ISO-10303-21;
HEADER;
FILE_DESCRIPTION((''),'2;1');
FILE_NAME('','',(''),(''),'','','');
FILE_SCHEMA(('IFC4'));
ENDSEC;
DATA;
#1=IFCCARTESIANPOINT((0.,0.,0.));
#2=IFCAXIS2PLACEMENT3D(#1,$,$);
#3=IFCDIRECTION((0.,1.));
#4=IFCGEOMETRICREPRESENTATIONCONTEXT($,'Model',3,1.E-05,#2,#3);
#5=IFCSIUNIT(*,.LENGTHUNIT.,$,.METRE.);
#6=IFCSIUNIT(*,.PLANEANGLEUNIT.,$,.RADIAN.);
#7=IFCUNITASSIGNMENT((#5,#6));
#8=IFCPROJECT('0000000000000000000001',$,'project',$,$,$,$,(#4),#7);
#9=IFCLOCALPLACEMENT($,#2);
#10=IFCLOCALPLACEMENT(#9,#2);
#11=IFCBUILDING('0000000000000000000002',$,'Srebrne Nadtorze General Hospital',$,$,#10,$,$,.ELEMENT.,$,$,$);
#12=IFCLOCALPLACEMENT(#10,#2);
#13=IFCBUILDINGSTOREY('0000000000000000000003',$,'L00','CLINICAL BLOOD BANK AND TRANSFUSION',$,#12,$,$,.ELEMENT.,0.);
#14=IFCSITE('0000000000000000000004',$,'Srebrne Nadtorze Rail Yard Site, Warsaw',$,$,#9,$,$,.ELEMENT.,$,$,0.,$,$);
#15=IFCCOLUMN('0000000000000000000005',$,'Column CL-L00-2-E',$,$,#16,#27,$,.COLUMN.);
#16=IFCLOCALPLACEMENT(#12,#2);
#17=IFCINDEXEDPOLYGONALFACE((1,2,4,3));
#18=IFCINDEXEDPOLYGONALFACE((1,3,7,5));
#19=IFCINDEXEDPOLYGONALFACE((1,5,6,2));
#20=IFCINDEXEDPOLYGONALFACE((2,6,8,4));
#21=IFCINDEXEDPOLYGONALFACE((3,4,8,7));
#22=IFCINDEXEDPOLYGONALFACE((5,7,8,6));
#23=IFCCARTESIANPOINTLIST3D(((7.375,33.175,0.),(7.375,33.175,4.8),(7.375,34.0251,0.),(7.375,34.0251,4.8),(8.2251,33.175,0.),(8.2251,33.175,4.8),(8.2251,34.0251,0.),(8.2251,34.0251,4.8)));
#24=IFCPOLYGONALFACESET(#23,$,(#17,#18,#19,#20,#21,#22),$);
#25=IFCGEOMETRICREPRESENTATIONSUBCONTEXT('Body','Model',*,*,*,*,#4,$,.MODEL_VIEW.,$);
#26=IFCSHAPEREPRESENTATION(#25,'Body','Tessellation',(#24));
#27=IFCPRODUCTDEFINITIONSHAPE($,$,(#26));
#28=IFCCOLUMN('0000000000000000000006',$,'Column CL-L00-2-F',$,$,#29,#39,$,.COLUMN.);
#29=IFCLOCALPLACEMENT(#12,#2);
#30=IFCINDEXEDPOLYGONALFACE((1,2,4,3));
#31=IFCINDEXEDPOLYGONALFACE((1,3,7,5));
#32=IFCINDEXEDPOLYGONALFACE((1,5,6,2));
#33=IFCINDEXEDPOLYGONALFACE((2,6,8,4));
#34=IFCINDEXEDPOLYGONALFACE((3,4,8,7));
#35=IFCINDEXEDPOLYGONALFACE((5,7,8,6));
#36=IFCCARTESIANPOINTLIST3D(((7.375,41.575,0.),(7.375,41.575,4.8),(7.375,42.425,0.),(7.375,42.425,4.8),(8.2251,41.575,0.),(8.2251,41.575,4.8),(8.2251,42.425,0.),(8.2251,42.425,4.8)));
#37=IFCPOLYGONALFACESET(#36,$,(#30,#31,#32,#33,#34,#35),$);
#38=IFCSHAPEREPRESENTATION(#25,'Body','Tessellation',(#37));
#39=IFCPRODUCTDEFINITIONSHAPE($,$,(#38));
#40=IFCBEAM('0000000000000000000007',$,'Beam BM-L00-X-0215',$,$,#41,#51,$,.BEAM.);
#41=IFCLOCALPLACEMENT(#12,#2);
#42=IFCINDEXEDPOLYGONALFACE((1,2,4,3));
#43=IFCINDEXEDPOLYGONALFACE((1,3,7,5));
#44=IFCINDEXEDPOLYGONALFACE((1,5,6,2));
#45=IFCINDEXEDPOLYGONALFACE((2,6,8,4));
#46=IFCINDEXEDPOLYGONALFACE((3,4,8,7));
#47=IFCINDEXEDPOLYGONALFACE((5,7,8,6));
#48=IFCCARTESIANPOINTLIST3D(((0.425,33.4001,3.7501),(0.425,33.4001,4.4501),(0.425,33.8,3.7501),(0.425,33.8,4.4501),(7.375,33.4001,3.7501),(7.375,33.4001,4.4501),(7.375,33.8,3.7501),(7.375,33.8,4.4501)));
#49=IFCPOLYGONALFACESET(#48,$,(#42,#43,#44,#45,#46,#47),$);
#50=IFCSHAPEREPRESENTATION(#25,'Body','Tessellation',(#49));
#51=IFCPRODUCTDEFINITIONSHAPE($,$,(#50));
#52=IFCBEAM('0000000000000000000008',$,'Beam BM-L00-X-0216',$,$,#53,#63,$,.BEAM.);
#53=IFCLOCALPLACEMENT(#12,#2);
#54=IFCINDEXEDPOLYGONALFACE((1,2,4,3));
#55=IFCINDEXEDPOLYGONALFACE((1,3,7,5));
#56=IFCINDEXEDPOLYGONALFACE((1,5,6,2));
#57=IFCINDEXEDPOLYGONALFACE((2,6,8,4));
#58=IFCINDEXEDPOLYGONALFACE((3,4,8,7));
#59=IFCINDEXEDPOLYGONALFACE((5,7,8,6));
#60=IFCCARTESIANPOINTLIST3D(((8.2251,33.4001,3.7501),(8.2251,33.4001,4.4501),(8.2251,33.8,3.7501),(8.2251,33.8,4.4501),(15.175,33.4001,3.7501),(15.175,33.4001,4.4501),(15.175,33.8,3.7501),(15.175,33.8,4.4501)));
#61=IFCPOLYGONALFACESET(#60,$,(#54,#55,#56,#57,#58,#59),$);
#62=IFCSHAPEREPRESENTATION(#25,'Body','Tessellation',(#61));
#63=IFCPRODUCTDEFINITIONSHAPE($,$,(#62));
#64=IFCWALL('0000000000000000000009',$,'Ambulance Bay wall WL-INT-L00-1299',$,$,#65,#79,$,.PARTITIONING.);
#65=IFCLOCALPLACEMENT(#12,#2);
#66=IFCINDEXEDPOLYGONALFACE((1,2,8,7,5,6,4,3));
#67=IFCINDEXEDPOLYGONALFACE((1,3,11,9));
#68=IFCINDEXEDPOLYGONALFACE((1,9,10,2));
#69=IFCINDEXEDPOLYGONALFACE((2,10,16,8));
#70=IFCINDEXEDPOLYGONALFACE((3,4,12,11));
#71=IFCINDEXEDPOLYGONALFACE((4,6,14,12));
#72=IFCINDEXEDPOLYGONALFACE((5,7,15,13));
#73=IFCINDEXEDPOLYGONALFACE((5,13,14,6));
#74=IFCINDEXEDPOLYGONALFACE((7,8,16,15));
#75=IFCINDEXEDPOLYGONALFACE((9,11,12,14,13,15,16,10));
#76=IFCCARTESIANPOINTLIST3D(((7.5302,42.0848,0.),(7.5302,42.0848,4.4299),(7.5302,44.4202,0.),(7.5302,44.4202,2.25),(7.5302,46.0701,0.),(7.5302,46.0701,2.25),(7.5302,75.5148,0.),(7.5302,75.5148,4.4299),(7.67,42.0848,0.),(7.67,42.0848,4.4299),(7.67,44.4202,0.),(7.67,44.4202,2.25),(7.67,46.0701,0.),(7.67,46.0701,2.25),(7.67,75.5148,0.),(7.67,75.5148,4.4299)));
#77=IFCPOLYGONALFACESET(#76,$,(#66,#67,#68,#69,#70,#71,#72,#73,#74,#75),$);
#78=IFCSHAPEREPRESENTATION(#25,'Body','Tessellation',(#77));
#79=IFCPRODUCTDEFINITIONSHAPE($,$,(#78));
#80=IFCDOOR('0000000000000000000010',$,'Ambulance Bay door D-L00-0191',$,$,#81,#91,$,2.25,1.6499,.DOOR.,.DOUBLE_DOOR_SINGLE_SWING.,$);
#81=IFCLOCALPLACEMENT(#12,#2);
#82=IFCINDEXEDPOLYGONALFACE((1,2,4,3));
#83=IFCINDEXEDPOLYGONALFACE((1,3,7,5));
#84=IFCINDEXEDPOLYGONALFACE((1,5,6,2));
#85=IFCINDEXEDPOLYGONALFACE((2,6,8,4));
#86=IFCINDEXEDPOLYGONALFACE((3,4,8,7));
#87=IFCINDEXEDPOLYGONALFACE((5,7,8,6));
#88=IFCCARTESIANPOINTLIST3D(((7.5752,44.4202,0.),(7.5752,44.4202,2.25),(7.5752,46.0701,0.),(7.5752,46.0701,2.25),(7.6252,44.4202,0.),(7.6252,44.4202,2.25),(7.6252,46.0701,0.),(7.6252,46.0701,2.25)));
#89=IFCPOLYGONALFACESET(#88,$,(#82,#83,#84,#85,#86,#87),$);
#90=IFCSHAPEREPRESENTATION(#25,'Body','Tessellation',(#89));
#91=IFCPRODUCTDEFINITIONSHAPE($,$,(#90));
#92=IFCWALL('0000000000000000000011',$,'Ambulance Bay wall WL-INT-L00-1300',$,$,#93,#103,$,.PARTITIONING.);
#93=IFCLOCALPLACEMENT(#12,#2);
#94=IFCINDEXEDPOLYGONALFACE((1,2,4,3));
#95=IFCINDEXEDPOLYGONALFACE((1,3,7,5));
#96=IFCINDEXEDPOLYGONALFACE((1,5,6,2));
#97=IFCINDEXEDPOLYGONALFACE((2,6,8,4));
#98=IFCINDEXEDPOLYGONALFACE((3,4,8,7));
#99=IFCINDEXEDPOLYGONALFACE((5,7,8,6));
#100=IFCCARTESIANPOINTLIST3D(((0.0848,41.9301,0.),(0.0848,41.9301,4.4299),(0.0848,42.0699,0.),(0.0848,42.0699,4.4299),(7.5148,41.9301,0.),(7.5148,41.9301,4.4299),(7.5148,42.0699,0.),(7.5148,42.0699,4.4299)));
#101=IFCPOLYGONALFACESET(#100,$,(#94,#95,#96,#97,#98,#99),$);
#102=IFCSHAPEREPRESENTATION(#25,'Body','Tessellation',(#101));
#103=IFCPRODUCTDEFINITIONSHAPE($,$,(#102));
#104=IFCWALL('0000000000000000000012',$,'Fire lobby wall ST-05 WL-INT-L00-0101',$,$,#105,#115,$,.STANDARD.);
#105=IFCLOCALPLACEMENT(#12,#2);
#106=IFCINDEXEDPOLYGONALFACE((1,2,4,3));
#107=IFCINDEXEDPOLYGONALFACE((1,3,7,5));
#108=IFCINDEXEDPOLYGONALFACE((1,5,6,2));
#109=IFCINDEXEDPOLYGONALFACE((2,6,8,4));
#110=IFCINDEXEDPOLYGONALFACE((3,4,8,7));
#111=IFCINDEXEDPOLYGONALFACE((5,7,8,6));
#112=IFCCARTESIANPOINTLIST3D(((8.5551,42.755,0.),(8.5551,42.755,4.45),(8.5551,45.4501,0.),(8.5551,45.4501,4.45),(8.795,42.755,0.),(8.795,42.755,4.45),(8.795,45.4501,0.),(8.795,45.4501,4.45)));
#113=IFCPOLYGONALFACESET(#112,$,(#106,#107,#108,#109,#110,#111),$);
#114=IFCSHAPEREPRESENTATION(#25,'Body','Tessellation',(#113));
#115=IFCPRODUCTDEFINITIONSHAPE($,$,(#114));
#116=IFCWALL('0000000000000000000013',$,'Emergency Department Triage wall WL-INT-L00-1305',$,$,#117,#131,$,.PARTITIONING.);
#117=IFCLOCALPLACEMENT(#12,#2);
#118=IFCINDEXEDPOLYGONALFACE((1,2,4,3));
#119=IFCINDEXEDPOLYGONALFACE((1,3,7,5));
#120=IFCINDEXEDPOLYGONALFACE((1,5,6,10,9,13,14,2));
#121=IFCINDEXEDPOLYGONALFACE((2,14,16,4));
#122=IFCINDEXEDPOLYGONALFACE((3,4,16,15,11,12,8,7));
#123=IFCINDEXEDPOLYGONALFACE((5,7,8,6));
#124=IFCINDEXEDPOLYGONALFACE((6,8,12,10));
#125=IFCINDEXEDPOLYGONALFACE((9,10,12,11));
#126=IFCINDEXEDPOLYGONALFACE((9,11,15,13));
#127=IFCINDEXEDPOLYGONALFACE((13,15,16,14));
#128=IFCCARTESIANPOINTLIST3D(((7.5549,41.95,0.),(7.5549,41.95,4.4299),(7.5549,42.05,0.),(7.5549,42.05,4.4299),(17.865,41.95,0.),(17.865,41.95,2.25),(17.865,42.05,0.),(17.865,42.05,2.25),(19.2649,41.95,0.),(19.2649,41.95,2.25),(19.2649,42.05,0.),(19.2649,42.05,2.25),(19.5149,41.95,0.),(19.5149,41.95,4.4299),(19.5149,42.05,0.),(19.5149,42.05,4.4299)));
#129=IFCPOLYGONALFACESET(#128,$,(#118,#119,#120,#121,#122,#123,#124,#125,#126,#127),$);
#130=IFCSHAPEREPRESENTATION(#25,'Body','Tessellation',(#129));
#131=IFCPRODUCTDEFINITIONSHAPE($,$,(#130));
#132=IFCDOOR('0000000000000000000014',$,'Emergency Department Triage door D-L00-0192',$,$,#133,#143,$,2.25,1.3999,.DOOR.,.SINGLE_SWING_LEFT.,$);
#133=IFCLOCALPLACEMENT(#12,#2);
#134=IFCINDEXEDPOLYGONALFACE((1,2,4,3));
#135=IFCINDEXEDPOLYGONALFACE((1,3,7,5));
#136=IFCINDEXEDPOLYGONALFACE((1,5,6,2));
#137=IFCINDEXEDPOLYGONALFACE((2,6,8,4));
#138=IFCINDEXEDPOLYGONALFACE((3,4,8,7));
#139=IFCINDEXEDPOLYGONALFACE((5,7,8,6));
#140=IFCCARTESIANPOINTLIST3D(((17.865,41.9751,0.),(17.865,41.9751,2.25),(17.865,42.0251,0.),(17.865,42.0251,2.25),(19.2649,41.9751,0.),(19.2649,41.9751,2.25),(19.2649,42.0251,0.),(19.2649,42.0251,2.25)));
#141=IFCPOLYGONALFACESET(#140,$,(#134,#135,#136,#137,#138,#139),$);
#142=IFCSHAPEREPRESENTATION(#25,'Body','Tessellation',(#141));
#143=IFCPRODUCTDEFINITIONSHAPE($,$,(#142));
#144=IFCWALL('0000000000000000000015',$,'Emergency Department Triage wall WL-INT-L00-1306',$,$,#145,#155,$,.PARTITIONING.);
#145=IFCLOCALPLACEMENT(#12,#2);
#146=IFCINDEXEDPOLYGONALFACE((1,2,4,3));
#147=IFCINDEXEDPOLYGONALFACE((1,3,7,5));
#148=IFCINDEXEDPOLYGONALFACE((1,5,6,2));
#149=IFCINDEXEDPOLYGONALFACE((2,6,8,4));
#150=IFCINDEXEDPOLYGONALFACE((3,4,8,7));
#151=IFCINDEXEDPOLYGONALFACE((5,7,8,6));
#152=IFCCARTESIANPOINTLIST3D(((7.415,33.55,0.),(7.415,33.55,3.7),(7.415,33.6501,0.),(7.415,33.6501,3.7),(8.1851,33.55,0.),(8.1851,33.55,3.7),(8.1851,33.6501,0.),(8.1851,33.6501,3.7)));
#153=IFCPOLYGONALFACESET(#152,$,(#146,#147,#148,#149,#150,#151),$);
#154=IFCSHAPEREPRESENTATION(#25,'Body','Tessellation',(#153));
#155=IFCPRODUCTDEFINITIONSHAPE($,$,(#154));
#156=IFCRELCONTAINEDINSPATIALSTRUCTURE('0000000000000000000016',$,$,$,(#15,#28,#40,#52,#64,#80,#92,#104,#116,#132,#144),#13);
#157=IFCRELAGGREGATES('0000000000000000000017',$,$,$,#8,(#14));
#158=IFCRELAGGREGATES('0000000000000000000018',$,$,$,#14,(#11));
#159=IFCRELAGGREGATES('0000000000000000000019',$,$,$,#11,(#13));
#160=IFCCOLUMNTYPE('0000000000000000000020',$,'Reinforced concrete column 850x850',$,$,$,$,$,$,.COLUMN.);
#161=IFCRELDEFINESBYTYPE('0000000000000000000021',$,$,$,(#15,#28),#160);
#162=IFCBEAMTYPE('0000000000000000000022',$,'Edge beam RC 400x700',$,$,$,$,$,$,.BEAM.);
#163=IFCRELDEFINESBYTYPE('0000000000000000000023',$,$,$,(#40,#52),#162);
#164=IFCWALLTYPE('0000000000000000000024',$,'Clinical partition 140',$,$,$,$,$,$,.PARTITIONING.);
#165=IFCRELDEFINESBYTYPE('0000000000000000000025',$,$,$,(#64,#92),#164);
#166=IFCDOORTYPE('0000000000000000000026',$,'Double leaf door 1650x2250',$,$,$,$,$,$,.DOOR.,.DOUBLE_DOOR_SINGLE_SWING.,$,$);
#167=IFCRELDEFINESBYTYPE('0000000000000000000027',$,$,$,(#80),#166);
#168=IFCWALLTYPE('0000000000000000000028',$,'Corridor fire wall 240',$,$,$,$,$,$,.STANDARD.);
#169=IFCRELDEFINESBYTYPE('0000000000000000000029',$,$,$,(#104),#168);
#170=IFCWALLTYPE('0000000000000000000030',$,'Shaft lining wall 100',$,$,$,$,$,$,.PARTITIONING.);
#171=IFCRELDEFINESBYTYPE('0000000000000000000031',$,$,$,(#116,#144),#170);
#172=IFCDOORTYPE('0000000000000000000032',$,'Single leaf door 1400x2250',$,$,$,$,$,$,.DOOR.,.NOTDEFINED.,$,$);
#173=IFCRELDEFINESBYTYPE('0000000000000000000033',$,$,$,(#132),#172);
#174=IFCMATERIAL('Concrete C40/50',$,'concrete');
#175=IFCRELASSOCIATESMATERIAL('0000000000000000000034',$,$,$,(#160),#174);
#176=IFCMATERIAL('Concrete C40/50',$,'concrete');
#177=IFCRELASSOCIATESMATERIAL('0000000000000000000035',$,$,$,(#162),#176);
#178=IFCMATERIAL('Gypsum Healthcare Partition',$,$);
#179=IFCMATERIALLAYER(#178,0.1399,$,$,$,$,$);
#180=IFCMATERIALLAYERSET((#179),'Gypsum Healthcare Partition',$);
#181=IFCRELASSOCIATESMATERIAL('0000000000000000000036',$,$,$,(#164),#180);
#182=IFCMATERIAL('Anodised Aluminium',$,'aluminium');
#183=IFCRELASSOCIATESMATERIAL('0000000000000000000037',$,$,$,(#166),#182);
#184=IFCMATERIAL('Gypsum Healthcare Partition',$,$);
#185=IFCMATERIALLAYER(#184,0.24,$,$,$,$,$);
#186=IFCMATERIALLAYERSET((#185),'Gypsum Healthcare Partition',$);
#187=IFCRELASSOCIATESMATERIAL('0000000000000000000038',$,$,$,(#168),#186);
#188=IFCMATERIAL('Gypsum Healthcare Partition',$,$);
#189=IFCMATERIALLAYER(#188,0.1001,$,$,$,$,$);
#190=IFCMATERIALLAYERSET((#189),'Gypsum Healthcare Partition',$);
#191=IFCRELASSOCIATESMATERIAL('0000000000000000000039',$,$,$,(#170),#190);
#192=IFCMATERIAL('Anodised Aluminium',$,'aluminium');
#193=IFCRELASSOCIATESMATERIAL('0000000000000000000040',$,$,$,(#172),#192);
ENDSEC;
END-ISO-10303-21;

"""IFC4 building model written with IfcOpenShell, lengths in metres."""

from ifc_helpers import new_model, si_unit, direction, frame, frame_2d, origin, origin_2d, place, context, subcontext, project, spatial, rectangle, extrude, material, layer, layer_set, material_profile, profile_set, type_object, element, fill, save


model = new_model("IFC4")

# Units and contexts
model_context = context("Model", 3, precision=1e-05, world=origin(), true_north=direction((0.0, 1.0)))
body_context = subcontext(model_context, "Body", "Model", "MODEL_VIEW")
ifc_project = project(units=[si_unit("LENGTHUNIT", "METRE"), si_unit("PLANEANGLEUNIT", "RADIAN")], contexts=[model_context])

# Site, building, storey
site_placement = place(None, origin())
site = spatial("IfcSite", under=ifc_project, at=site_placement, Name="Srebrne Nadtorze Rail Yard Site, Warsaw", CompositionType="ELEMENT", RefElevation=0.0)
building_placement = place(site_placement, origin())
building = spatial("IfcBuilding", under=site, at=building_placement, Name="Srebrne Nadtorze General Hospital", CompositionType="ELEMENT")
storey_placement = place(building_placement, origin())
storey = spatial("IfcBuildingStorey", under=building, at=storey_placement, Name="L00", Description="CLINICAL BLOOD BANK AND TRANSFUSION", CompositionType="ELEMENT", Elevation=0.0)

# Columns
ifc_material_1 = material(Name="Concrete C40/50", Category="concrete")
ifc_material_profile_1 = material_profile(ifc_material_1, rectangle(XDim=0.8501, YDim=0.8501, at=origin_2d()), Name="RC-COL-850x850")
ifc_profile_set_1 = profile_set([ifc_material_profile_1], Name="Concrete C40/50")
column_type = type_object("IfcColumnType", Name="Reinforced concrete column 850x850", PredefinedType="COLUMN", material=ifc_profile_set_1)
for number, where, z_axis, x_axis, name in (
    (1, (7.8, 33.6001, 0.0), (0.0, 0.0, 1.0), (1.0, 0.0, 0.0), "Column CL-L00-2-E"),
    (2, (7.8, 42.0, 0.0), (0.0, 0.0, 1.0), (1.0, 0.0, 0.0), "Column CL-L00-2-F"),
):
    element("IfcColumn", number, at=place(storey_placement, frame(where, z_axis=z_axis, x_axis=x_axis)), inside=storey, type_object=column_type, Name=name, PredefinedType="COLUMN", context=body_context, shape_type="SweptSolid", body=[
        extrude(rectangle(XDim=0.8501, YDim=0.8501, at=origin_2d()), origin(), (0.0, 0.0, 1.0), 4.8),
    ])

# Beams
ifc_material_2 = material(Name="Concrete C40/50", Category="concrete")
ifc_material_profile_2 = material_profile(ifc_material_2, rectangle(XDim=0.3999, YDim=0.7, at=origin_2d()), Name="RC-BM-400x700")
ifc_profile_set_2 = profile_set([ifc_material_profile_2], Name="Concrete C40/50")
beam_type = type_object("IfcBeamType", Name="Edge beam RC 400x700", PredefinedType="BEAM", material=ifc_profile_set_2)
for number, where, z_axis, x_axis, name in (
    (3, (0.425, 33.6001, 4.1001), (1.0, 0.0, 0.0), (0.0, 1.0, 0.0), "Beam BM-L00-X-0215"),
    (4, (8.2251, 33.6001, 4.1001), (1.0, 0.0, 0.0), (0.0, 1.0, 0.0), "Beam BM-L00-X-0216"),
):
    element("IfcBeam", number, at=place(storey_placement, frame(where, z_axis=z_axis, x_axis=x_axis)), inside=storey, type_object=beam_type, Name=name, PredefinedType="BEAM", context=body_context, shape_type="SweptSolid", body=[
        extrude(rectangle(XDim=0.3999, YDim=0.7, at=origin_2d()), origin(), (0.0, 0.0, 1.0), 6.95),
    ])

# Wall, opening, door
ifc_material_3 = material(Name="Gypsum Healthcare Partition")
ifc_layer_1 = layer(ifc_material_3, 0.1399)
ifc_layer_set_1 = layer_set([ifc_layer_1], Name="Gypsum Healthcare Partition")
wall_type_1 = type_object("IfcWallType", Name="Clinical partition 140", PredefinedType="PARTITIONING", material=ifc_layer_set_1)
wall_1_placement = place(storey_placement, frame((7.6001, 42.085, 0.0), z_axis=(0.0, 0.0, 1.0), x_axis=(0.0, 1.0, 0.0)))
wall_1 = element("IfcWall", 5, at=wall_1_placement, inside=storey, type_object=wall_type_1, Name="Ambulance Bay wall WL-INT-L00-1299", PredefinedType="PARTITIONING", context=body_context, shape_type="SweptSolid", body=[
    extrude(rectangle(XDim=33.4299, YDim=0.1399, at=frame_2d((16.7148, 0.0))), origin(), (0.0, 0.0, 1.0), 4.4299),
])
opening_1_placement = place(wall_1_placement, frame((2.3352, 0.0, 0.0)))
opening_1 = element("IfcOpeningElement", 6, at=opening_1_placement, cuts=wall_1, PredefinedType="OPENING", context=body_context, shape_type="SweptSolid", body=[
    extrude(rectangle(XDim=1.6499, YDim=2.25, at=frame_2d((0.825, 1.125))), frame((0.0, 0.082, 0.0), z_axis=(0.0, -1.0, 0.0), x_axis=(1.0, 0.0, 0.0)), (0.0, 0.0, 1.0), 0.1638),
])
ifc_material_4 = material(Name="Anodised Aluminium", Category="aluminium")
door_type_1 = type_object("IfcDoorType", Name="Double leaf door 1650x2250", OperationType="DOUBLE_DOOR_SINGLE_SWING", PredefinedType="DOOR", material=ifc_material_4)
door_1_placement = place(opening_1_placement, origin())
door_1 = element("IfcDoor", 7, at=door_1_placement, inside=storey, type_object=door_type_1, Name="Ambulance Bay door D-L00-0191", OperationType="DOUBLE_DOOR_SINGLE_SWING", OverallHeight=2.25, OverallWidth=1.6499, PredefinedType="DOOR", context=body_context, shape_type="SweptSolid", body=[
    extrude(rectangle(XDim=1.6499, YDim=2.25, at=frame_2d((0.825, 1.125))), frame((0.0, 0.0249, 0.0), z_axis=(0.0, -1.0, 0.0), x_axis=(1.0, 0.0, 0.0)), (0.0, 0.0, 1.0), 0.05),
])
fill(opening_1, door_1)

# Walls
wall_2_placement = place(storey_placement, frame((0.085, 42.0, 0.0), z_axis=(0.0, 0.0, 1.0), x_axis=(1.0, 0.0, 0.0)))
element("IfcWall", 8, at=wall_2_placement, inside=storey, type_object=wall_type_1, Name="Ambulance Bay wall WL-INT-L00-1300", PredefinedType="PARTITIONING", context=body_context, shape_type="SweptSolid", body=[
    extrude(rectangle(XDim=7.4299, YDim=0.1399, at=frame_2d((3.7148, 0.0))), origin(), (0.0, 0.0, 1.0), 4.4299),
])
ifc_material_5 = material(Name="Gypsum Healthcare Partition")
ifc_layer_2 = layer(ifc_material_5, 0.24)
ifc_layer_set_2 = layer_set([ifc_layer_2], Name="Gypsum Healthcare Partition")
wall_type_2 = type_object("IfcWallType", Name="Corridor fire wall 240", PredefinedType="STANDARD", material=ifc_layer_set_2)
wall_3_placement = place(storey_placement, frame((8.675, 42.7549, 0.0), z_axis=(0.0, 0.0, 1.0), x_axis=(0.0, 1.0, 0.0)))
element("IfcWall", 9, at=wall_3_placement, inside=storey, type_object=wall_type_2, Name="Fire lobby wall ST-05 WL-INT-L00-0101", PredefinedType="STANDARD", context=body_context, shape_type="SweptSolid", body=[
    extrude(rectangle(XDim=2.6951, YDim=0.24, at=frame_2d((1.3477, 0.0))), origin(), (0.0, 0.0, 1.0), 4.45),
])

# Wall, opening, door
ifc_material_6 = material(Name="Gypsum Healthcare Partition")
ifc_layer_3 = layer(ifc_material_6, 0.1001)
ifc_layer_set_3 = layer_set([ifc_layer_3], Name="Gypsum Healthcare Partition")
wall_type_3 = type_object("IfcWallType", Name="Shaft lining wall 100", PredefinedType="PARTITIONING", material=ifc_layer_set_3)
wall_4_placement = place(storey_placement, frame((7.5549, 42.0, 0.0), z_axis=(0.0, 0.0, 1.0), x_axis=(1.0, 0.0, 0.0)))
wall_4 = element("IfcWall", 10, at=wall_4_placement, inside=storey, type_object=wall_type_3, Name="Emergency Department Triage wall WL-INT-L00-1305", PredefinedType="PARTITIONING", context=body_context, shape_type="SweptSolid", body=[
    extrude(rectangle(XDim=11.96, YDim=0.1001, at=frame_2d((5.98, 0.0))), origin(), (0.0, 0.0, 1.0), 4.4299),
])
opening_2_placement = place(wall_4_placement, frame((10.3101, 0.0, 0.0)))
opening_2 = element("IfcOpeningElement", 11, at=opening_2_placement, cuts=wall_4, PredefinedType="OPENING", context=body_context, shape_type="SweptSolid", body=[
    extrude(rectangle(XDim=1.3999, YDim=2.25, at=frame_2d((0.7, 1.125))), frame((0.0, 0.062, 0.0), z_axis=(0.0, -1.0, 0.0), x_axis=(1.0, 0.0, 0.0)), (0.0, 0.0, 1.0), 0.124),
])
ifc_material_7 = material(Name="Anodised Aluminium", Category="aluminium")
door_type_2 = type_object("IfcDoorType", Name="Single leaf door 1400x2250", OperationType="NOTDEFINED", PredefinedType="DOOR", material=ifc_material_7)
door_2_placement = place(opening_2_placement, frame((1.3999, 0.0, 0.0), z_axis=(0.0, 0.0, 1.0), x_axis=(-1.0, 0.0, 0.0)))
door_2 = element("IfcDoor", 12, at=door_2_placement, inside=storey, type_object=door_type_2, Name="Emergency Department Triage door D-L00-0192", OperationType="SINGLE_SWING_LEFT", OverallHeight=2.25, OverallWidth=1.3999, PredefinedType="DOOR", context=body_context, shape_type="SweptSolid", body=[
    extrude(rectangle(XDim=1.3999, YDim=2.25, at=frame_2d((0.7, 1.125))), frame((0.0, 0.0249, 0.0), z_axis=(0.0, -1.0, 0.0), x_axis=(1.0, 0.0, 0.0)), (0.0, 0.0, 1.0), 0.05),
])
fill(opening_2, door_2)

# Wall
wall_5_placement = place(storey_placement, frame((7.415, 33.6001, 0.0), z_axis=(0.0, 0.0, 1.0), x_axis=(1.0, 0.0, 0.0)))
element("IfcWall", 13, at=wall_5_placement, inside=storey, type_object=wall_type_3, Name="Emergency Department Triage wall WL-INT-L00-1306", PredefinedType="PARTITIONING", context=body_context, shape_type="SweptSolid", body=[
    extrude(rectangle(XDim=0.77, YDim=0.1001, at=frame_2d((0.385, 0.0))), origin(), (0.0, 0.0, 1.0), 3.7),
])

save(model, "model.ifc")
